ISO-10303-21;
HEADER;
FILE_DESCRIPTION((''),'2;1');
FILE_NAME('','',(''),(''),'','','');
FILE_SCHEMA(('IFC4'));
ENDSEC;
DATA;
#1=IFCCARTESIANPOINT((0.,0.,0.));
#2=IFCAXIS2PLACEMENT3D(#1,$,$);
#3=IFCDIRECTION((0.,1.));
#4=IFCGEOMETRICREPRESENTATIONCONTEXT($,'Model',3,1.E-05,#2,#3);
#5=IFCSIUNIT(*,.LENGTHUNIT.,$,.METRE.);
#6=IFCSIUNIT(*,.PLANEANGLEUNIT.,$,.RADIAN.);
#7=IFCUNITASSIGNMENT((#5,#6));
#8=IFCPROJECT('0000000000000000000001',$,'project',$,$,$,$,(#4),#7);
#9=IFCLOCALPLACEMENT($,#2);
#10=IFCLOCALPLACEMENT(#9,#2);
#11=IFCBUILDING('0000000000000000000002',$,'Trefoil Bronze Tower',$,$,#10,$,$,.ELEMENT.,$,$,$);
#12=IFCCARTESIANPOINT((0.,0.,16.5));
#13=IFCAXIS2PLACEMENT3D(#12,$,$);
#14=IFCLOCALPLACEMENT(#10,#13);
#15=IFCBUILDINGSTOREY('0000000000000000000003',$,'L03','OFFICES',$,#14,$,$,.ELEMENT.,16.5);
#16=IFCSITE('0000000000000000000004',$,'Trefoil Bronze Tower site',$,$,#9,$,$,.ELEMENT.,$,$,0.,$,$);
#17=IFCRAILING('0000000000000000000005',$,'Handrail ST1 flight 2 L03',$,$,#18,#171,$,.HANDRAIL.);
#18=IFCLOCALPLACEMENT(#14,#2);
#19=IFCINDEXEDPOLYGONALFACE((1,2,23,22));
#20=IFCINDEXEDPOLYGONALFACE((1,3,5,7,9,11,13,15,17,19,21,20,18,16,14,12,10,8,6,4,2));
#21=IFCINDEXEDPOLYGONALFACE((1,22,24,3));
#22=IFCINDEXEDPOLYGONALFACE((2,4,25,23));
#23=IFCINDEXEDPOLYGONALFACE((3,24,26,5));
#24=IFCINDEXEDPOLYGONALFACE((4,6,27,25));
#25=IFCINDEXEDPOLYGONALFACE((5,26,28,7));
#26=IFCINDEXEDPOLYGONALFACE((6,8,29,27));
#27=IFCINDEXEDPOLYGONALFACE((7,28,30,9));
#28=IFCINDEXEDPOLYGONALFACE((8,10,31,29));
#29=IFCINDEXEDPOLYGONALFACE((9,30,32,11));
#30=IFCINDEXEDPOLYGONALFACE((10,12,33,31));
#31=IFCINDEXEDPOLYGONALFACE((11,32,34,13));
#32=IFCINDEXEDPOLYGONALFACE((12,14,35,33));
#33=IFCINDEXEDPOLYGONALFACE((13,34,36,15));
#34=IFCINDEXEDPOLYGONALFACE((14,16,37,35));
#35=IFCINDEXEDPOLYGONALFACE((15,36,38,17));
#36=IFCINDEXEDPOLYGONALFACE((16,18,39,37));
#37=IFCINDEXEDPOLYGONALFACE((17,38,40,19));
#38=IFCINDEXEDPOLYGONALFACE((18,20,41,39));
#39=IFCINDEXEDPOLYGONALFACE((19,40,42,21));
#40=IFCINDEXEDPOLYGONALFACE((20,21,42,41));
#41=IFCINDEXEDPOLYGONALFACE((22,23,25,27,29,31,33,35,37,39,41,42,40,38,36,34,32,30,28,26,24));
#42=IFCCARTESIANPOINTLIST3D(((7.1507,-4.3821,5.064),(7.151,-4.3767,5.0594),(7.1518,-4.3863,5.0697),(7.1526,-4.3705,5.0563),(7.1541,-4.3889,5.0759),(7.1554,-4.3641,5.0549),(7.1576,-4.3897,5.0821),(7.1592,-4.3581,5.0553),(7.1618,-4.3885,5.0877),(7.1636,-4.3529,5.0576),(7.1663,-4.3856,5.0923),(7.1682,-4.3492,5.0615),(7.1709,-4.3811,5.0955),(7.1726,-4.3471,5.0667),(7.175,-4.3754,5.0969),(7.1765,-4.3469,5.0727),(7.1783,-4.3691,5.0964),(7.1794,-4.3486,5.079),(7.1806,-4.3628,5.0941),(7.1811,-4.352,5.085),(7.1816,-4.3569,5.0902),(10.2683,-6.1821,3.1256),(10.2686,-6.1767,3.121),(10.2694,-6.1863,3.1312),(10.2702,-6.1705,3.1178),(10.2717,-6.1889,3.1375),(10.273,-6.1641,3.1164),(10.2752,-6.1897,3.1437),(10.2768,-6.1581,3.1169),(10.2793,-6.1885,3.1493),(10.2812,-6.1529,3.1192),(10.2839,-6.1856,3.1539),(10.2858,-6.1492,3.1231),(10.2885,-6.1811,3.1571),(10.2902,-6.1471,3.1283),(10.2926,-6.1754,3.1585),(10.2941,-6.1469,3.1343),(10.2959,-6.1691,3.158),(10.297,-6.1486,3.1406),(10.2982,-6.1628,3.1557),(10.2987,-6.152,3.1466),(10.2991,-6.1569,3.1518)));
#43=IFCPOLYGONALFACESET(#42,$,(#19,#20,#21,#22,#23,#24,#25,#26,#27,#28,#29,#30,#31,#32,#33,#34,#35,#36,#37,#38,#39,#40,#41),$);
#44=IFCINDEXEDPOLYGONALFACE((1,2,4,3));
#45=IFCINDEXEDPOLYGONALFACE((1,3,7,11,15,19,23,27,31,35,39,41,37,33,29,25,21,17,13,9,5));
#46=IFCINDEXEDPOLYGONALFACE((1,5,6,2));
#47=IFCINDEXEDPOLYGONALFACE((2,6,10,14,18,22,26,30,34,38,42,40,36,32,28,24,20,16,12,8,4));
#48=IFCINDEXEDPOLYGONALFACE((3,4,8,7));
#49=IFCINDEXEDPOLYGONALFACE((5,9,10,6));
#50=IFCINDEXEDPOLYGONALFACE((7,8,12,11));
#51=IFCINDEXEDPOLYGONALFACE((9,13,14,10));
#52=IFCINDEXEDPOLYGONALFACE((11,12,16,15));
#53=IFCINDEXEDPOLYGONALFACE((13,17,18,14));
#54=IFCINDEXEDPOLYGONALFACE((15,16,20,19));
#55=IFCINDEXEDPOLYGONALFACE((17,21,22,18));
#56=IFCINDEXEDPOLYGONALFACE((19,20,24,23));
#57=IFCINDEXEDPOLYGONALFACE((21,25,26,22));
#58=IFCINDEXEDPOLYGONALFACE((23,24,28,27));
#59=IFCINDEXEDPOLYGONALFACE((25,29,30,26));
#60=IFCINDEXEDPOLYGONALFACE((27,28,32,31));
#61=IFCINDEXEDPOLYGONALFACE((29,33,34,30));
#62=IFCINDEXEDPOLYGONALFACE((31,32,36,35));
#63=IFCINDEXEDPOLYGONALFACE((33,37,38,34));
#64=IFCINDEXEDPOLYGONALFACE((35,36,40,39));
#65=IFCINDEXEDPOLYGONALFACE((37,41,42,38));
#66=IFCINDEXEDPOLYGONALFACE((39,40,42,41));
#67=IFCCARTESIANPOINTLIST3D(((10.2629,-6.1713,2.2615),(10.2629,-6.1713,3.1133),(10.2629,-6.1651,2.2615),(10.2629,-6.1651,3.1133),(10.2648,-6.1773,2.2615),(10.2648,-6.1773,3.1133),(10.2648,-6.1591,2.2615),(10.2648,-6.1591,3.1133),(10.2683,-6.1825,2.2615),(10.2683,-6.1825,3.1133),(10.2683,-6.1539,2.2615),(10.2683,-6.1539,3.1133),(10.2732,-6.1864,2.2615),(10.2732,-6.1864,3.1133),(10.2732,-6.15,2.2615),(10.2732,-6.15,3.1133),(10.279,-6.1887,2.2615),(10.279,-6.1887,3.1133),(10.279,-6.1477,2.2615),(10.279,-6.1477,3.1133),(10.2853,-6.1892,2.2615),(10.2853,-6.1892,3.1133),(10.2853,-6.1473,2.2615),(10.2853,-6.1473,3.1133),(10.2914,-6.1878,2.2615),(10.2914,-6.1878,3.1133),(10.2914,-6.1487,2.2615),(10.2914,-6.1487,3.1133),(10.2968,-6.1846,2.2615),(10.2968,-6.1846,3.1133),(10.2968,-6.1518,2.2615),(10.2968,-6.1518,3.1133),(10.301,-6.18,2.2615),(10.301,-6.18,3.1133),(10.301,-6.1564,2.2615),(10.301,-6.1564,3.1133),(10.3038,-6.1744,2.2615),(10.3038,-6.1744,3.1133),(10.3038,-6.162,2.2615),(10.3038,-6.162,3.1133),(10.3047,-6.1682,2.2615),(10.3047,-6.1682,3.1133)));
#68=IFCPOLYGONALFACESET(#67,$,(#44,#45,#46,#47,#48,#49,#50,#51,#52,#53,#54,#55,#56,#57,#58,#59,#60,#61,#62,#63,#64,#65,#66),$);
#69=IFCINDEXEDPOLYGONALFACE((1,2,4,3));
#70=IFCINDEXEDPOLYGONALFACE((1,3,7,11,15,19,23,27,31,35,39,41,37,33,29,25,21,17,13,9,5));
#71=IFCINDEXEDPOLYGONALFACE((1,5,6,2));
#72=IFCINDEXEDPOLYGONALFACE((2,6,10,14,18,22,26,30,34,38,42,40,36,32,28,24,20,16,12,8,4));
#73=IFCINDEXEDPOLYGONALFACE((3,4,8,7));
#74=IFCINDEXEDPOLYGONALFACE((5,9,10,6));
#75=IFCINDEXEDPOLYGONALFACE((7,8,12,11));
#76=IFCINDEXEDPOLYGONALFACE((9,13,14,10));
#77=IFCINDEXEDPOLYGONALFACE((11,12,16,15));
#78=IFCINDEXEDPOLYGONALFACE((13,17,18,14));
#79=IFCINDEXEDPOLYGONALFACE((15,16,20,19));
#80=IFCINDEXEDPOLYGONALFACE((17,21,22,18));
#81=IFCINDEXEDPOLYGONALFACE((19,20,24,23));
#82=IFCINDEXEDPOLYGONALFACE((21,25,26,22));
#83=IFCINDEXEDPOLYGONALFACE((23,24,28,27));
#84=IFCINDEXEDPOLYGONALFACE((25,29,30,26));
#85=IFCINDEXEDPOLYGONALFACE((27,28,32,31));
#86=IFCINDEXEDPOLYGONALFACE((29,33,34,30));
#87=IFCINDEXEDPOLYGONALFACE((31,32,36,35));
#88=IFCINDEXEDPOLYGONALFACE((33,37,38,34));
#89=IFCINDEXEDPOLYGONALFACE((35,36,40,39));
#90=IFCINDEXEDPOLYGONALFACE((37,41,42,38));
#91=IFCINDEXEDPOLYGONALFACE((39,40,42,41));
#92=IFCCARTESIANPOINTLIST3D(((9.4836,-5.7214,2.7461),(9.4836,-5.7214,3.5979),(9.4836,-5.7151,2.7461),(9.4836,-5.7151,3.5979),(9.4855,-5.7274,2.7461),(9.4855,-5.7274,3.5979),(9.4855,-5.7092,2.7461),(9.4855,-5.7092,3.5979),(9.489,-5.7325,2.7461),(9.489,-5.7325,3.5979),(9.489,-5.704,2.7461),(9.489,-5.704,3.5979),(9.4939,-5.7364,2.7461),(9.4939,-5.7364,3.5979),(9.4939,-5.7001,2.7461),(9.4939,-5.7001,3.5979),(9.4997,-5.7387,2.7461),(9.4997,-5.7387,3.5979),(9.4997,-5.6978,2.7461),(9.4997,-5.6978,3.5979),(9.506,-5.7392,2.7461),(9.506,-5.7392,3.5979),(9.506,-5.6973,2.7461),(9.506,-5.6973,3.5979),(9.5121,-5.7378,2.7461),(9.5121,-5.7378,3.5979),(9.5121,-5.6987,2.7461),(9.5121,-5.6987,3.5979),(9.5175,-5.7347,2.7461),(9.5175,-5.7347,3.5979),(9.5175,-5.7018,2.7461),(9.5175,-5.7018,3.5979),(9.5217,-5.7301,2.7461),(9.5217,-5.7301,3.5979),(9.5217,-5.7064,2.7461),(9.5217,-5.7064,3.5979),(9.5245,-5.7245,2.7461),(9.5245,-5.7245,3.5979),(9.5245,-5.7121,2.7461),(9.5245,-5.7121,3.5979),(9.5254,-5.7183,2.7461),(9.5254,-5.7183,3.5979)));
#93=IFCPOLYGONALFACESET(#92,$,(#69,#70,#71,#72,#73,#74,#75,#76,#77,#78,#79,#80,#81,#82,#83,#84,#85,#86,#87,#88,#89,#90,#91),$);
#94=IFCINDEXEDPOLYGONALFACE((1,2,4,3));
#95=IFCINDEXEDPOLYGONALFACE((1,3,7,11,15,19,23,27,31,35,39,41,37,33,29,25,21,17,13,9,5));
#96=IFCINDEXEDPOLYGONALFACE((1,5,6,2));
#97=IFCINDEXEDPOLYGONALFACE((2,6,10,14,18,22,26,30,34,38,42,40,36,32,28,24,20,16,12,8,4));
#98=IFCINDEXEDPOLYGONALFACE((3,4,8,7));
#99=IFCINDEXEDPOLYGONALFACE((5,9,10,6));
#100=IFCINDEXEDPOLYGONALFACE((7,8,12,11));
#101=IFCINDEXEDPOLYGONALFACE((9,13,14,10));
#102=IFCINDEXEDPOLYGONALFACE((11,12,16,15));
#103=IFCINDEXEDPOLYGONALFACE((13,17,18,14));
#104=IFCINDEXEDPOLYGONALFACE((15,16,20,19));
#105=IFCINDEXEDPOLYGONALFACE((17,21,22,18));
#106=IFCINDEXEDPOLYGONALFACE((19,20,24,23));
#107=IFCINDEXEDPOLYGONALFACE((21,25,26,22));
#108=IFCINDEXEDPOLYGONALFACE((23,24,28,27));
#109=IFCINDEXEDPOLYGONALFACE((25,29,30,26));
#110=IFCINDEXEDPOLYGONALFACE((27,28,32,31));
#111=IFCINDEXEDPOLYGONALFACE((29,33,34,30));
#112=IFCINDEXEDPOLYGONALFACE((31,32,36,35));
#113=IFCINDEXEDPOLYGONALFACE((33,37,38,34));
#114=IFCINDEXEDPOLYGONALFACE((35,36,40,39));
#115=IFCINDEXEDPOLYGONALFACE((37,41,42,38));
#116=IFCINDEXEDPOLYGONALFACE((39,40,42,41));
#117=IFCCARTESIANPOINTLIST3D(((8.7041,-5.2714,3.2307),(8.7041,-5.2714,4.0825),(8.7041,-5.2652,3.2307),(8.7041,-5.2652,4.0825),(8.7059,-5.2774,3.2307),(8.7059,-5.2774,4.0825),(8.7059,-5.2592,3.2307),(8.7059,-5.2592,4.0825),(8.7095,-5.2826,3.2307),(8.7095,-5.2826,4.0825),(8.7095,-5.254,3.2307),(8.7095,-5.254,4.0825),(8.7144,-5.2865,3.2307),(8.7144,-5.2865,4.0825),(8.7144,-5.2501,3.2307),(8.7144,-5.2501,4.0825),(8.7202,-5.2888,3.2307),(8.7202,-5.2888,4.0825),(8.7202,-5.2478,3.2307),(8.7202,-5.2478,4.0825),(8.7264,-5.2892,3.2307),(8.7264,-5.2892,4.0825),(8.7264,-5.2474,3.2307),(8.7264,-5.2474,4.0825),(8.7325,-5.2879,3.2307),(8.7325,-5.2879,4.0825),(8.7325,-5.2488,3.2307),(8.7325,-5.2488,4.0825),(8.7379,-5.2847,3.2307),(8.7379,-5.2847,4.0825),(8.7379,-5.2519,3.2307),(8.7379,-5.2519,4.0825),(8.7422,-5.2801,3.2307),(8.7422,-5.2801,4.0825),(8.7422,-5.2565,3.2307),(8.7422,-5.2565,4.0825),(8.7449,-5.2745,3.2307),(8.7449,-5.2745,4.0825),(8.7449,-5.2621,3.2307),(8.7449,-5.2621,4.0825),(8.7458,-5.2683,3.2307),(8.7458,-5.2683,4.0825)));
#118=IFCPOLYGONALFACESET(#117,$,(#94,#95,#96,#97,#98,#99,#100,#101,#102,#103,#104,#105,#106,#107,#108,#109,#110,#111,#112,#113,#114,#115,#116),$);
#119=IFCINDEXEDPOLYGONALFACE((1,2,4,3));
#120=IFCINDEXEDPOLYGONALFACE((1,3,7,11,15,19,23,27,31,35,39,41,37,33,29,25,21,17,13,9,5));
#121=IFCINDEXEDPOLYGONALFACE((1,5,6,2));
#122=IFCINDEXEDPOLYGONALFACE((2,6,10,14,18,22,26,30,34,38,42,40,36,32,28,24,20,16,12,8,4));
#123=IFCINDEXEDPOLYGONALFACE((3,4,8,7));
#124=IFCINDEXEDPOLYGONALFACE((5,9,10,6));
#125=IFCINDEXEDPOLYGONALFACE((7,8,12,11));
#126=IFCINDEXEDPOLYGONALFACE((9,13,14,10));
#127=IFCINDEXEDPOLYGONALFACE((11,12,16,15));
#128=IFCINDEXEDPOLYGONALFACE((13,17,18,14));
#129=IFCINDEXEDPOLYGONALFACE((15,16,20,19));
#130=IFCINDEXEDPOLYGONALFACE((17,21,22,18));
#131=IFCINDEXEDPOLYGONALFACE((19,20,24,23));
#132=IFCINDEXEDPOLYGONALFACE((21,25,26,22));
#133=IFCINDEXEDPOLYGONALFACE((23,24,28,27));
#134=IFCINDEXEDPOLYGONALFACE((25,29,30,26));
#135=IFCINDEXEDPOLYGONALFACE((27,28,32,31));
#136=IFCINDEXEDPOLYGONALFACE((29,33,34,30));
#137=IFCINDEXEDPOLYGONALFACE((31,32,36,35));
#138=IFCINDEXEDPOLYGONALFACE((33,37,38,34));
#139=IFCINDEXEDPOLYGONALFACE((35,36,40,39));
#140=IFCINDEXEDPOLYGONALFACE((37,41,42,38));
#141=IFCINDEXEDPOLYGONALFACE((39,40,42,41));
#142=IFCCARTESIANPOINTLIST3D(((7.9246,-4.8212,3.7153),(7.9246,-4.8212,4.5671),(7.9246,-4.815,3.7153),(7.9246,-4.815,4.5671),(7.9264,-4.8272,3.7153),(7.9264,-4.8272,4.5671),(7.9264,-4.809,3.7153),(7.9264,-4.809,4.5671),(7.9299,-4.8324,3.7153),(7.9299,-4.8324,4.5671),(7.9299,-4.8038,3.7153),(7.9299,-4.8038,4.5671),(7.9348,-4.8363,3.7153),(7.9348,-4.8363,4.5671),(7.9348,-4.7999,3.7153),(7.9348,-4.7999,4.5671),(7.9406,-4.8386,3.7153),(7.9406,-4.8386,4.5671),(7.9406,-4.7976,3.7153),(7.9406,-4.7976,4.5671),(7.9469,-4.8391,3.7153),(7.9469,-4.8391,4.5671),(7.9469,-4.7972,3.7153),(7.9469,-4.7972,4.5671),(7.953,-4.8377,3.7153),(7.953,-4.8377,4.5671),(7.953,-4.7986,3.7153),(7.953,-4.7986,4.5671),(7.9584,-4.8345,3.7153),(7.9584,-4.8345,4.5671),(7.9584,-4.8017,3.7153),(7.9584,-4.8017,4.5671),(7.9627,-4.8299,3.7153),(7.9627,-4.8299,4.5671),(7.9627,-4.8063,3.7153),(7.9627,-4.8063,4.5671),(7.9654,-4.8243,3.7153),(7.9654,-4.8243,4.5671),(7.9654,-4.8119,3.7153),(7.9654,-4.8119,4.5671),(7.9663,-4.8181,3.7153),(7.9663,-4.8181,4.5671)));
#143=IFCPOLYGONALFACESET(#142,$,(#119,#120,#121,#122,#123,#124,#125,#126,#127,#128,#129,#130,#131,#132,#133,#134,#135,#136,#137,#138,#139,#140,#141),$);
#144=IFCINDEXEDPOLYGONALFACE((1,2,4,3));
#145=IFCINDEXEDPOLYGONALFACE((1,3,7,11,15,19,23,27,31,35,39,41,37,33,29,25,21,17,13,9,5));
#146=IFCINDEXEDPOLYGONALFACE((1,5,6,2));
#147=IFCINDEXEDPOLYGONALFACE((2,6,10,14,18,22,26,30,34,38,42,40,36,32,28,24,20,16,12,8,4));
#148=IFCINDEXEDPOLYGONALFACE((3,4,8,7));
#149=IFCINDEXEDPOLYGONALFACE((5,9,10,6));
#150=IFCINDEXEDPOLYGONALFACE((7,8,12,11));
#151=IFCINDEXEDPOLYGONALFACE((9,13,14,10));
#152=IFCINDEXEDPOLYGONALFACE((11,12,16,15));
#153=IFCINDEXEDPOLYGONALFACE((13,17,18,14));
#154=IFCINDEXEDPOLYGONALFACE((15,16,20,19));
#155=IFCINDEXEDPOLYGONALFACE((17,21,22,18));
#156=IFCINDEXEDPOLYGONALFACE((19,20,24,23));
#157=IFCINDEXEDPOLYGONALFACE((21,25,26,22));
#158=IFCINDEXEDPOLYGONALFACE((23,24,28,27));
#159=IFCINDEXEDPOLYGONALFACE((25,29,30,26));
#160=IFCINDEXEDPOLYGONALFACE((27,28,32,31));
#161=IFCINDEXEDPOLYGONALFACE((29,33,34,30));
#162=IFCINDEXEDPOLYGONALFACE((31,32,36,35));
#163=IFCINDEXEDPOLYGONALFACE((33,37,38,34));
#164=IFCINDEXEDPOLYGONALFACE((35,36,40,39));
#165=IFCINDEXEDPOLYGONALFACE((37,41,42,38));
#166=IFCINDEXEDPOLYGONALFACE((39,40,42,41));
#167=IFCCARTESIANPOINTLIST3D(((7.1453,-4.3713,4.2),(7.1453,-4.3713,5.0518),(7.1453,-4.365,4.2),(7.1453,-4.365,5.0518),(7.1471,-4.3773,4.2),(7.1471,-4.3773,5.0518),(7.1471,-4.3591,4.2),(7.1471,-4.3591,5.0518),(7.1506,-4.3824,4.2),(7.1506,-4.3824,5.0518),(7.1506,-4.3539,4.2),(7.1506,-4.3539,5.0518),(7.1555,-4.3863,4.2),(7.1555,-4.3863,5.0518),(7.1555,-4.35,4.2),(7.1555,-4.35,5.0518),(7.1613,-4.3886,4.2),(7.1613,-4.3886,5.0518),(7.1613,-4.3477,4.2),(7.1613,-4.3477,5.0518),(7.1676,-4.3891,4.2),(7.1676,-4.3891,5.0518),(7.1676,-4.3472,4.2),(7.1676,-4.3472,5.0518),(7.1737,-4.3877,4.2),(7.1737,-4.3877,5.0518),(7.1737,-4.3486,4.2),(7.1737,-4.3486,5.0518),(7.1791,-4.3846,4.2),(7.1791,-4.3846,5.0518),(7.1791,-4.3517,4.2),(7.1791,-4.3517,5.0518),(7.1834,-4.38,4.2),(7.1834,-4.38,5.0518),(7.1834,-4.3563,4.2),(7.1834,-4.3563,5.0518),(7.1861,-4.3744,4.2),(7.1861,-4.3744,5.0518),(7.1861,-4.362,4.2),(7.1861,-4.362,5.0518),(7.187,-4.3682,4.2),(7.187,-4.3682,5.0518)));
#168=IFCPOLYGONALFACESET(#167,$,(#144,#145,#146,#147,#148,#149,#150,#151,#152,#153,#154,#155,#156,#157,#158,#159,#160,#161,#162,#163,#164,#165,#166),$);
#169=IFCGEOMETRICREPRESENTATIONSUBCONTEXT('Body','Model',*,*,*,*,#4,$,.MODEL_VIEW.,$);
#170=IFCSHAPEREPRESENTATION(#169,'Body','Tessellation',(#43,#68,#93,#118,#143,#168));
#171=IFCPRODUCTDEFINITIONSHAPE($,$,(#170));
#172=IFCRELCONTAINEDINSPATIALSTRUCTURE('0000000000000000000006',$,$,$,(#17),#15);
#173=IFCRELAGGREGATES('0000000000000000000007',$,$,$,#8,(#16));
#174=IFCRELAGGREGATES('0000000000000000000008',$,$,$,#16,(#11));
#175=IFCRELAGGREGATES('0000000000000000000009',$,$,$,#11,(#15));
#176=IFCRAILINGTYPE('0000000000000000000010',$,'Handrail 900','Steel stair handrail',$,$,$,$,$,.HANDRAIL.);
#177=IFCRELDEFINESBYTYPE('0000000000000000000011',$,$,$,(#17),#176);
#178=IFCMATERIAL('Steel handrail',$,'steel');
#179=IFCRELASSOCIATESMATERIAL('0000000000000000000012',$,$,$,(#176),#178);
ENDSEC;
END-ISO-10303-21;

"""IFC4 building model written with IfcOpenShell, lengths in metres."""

from ifc_helpers import new_model, si_unit, direction, frame, origin, origin_2d, place, context, subcontext, project, spatial, circle, extrude, material, type_object, element, save


model = new_model("IFC4")

# Units and contexts
model_context = context("Model", 3, precision=1e-05, world=origin(), true_north=direction((0.0, 1.0)))
body_context = subcontext(model_context, "Body", "Model", "MODEL_VIEW")
ifc_project = project(units=[si_unit("LENGTHUNIT", "METRE"), si_unit("PLANEANGLEUNIT", "RADIAN")], contexts=[model_context])

# Site, building, storey
site_placement = place(None, origin())
site = spatial("IfcSite", under=ifc_project, at=site_placement, Name="Trefoil Bronze Tower site", CompositionType="ELEMENT", RefElevation=0.0)
building_placement = place(site_placement, origin())
building = spatial("IfcBuilding", under=site, at=building_placement, Name="Trefoil Bronze Tower", CompositionType="ELEMENT")
storey_placement = place(building_placement, frame((0.0, 0.0, 16.5)))
storey = spatial("IfcBuildingStorey", under=building, at=storey_placement, Name="L03", Description="OFFICES", CompositionType="ELEMENT", Elevation=16.5)

# Railing
ifc_material_1 = material(Name="Steel handrail", Category="steel")
railing_type = type_object("IfcRailingType", Name="Handrail 900", Description="Steel stair handrail", PredefinedType="HANDRAIL", material=ifc_material_1)
railing_1_placement = place(storey_placement, frame((10.2837, -6.1682, 2.2615)))
element("IfcRailing", 1, at=railing_1_placement, inside=storey, type_object=railing_type, Name="Handrail ST1 flight 2 L03", PredefinedType="HANDRAIL", context=body_context, shape_type="SweptSolid", body=[
    extrude(circle(Radius=0.0239, at=origin_2d()), frame((0.0, 0.0, 0.876), z_axis=(-0.762503, 0.440246, 0.474102), x_axis=(-0.500012, -0.866018, 0.0)), (0.0, 0.0, 1.0), 4.0886),
    extrude(circle(Radius=0.021, at=origin_2d()), origin(), (0.0, 0.0, 1.0), 0.8518),
    extrude(circle(Radius=0.021, at=origin_2d()), frame((-0.7793, 0.45, 0.4846)), (0.0, 0.0, 1.0), 0.8518),
    extrude(circle(Radius=0.021, at=origin_2d()), frame((-1.5588, 0.8999, 0.9692)), (0.0, 0.0, 1.0), 0.8518),
    extrude(circle(Radius=0.021, at=origin_2d()), frame((-2.3384, 1.3501, 1.4539)), (0.0, 0.0, 1.0), 0.8518),
    extrude(circle(Radius=0.021, at=origin_2d()), frame((-3.1177, 1.8, 1.9385)), (0.0, 0.0, 1.0), 0.8518),
])

save(model, "model.ifc")
